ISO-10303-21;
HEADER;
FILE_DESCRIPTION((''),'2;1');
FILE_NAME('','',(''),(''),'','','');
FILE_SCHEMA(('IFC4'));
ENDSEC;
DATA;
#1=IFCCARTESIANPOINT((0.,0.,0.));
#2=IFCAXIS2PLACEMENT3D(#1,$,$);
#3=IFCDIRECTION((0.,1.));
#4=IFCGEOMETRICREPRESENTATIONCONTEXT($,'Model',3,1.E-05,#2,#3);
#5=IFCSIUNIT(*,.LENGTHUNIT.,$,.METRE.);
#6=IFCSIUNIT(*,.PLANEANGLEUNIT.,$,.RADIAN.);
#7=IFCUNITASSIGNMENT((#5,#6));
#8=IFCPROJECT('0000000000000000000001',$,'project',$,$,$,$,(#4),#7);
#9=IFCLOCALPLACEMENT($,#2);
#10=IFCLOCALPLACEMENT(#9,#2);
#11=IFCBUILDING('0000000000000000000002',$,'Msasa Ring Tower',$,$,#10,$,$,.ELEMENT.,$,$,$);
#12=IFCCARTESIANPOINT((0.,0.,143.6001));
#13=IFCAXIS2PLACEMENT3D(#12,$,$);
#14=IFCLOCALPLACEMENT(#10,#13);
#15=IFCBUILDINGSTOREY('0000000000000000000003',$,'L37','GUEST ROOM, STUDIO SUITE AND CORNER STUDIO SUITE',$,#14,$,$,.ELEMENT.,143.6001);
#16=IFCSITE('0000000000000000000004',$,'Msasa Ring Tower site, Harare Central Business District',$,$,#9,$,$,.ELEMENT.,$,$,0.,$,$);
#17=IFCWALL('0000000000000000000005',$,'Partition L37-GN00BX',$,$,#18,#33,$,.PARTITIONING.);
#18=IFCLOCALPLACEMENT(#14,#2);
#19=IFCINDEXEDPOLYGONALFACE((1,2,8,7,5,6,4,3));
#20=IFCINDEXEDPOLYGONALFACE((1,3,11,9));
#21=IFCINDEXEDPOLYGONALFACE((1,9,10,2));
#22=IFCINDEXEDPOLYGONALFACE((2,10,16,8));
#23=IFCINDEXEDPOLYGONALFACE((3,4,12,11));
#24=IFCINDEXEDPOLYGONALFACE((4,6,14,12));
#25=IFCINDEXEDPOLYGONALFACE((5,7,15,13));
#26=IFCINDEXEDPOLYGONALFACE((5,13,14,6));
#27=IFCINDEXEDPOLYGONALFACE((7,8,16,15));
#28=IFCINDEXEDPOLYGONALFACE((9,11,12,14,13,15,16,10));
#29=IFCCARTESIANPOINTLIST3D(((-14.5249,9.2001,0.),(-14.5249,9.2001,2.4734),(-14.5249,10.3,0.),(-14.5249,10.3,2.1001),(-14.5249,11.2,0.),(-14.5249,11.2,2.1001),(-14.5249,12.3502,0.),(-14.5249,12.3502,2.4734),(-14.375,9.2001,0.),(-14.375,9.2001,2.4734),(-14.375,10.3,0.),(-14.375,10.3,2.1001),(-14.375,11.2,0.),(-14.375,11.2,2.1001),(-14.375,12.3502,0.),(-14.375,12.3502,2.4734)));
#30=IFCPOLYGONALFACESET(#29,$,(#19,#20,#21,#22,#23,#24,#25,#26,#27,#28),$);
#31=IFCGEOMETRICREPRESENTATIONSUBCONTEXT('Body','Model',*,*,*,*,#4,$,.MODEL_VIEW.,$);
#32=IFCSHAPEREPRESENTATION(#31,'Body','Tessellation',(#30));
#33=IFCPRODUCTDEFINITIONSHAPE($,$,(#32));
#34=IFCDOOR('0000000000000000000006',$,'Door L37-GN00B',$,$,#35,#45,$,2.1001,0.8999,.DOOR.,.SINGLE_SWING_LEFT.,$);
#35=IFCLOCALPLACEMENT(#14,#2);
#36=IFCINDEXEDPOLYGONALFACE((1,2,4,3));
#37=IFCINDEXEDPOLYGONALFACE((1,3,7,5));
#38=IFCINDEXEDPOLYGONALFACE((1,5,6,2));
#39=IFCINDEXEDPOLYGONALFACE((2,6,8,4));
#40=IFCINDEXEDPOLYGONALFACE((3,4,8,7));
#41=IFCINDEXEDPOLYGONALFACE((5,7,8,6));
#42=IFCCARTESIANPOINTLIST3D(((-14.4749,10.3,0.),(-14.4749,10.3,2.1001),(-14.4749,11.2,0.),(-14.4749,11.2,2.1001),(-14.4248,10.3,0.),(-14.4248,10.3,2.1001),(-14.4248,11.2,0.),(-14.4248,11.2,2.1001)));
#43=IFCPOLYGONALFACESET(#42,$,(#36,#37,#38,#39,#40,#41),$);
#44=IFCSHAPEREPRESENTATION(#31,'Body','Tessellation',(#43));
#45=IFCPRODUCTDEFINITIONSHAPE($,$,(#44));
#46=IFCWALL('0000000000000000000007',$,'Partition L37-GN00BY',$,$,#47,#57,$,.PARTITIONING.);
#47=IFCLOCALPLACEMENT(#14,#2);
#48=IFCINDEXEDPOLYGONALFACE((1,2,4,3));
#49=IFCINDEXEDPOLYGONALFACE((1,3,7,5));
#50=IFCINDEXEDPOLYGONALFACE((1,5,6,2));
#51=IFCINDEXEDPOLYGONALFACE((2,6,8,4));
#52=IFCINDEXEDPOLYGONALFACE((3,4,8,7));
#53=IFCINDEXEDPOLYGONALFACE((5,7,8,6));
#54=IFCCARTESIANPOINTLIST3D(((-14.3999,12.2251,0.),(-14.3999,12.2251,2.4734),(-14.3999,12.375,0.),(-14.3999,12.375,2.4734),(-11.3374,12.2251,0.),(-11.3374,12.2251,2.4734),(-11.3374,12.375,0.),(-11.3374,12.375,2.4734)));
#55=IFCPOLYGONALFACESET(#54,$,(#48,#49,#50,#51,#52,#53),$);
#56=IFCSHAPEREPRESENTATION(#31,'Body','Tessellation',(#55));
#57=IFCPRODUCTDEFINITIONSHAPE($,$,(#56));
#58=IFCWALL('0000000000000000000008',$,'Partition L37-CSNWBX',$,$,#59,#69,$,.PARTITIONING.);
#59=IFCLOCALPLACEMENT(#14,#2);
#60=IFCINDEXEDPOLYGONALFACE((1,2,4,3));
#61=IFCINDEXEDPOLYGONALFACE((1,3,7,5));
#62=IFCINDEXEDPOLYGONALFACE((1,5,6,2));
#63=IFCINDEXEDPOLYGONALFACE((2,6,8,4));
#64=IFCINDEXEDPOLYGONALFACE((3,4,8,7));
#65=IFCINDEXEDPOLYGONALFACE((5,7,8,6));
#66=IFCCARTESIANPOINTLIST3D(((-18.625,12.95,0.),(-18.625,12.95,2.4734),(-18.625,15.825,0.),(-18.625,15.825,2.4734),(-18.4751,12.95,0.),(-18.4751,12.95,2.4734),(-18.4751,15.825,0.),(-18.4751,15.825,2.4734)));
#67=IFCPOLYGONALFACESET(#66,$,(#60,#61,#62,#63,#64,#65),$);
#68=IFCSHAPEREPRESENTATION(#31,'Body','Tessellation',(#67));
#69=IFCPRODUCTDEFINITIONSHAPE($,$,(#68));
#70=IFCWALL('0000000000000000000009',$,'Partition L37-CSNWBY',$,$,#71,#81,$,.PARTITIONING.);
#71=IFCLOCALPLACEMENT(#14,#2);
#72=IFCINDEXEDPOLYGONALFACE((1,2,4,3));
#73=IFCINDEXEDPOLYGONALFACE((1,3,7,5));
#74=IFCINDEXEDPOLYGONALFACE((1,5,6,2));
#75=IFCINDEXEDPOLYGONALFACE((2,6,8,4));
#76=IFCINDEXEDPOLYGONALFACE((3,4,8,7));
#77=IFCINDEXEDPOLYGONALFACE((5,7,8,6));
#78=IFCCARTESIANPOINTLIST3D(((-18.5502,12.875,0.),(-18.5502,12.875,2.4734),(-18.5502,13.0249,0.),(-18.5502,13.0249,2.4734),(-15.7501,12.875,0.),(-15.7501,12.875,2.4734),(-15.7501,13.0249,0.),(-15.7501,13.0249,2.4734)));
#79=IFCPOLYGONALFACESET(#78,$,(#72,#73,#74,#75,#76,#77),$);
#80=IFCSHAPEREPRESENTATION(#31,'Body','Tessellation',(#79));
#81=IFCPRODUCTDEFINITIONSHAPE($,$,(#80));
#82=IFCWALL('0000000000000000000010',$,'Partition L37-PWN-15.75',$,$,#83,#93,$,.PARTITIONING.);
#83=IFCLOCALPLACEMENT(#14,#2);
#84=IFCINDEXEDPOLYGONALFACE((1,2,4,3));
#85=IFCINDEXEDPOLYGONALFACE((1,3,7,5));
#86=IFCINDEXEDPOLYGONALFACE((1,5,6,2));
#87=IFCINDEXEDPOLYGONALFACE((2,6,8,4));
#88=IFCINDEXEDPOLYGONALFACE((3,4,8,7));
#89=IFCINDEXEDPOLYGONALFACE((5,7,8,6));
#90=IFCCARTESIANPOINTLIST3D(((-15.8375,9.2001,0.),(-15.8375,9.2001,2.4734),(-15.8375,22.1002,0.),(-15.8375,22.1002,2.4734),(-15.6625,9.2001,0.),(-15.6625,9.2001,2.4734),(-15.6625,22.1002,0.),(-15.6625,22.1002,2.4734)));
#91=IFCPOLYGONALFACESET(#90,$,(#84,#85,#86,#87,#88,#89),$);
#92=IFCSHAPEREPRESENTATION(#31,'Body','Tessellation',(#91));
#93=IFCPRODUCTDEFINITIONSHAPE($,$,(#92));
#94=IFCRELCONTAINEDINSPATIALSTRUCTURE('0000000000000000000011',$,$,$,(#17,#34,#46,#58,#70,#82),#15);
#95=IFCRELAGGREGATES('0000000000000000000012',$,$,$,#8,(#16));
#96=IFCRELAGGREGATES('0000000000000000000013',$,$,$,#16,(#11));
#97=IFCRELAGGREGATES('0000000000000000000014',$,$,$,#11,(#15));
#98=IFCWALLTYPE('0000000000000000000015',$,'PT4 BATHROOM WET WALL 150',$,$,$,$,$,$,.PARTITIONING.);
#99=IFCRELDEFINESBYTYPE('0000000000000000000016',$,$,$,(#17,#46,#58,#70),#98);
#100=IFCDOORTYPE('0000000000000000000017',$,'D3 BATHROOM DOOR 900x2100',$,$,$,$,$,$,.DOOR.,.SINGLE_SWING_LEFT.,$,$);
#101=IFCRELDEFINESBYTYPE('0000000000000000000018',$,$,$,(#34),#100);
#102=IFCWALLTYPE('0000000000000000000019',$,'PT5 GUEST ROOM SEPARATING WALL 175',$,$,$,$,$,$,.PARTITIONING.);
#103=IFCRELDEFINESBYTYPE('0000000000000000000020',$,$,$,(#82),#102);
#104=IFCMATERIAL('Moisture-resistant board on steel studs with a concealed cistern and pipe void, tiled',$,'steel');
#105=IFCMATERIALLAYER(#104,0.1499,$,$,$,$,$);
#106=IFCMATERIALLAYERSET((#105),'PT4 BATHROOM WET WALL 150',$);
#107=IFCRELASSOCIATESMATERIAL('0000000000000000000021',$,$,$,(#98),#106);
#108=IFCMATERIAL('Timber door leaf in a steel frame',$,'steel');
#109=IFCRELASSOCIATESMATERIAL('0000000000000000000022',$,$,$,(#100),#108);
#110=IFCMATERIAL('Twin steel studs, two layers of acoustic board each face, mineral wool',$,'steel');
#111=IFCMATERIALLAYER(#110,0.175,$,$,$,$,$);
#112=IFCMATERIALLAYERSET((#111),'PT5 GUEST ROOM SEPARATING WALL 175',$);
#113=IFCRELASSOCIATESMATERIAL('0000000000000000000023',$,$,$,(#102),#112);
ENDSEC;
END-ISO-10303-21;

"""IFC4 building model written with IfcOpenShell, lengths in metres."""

from ifc_helpers import new_model, si_unit, direction, frame, frame_2d, origin, place, context, subcontext, project, spatial, rectangle, extrude, material, layer, layer_set, type_object, element, fill, save


model = new_model("IFC4")

# Units and contexts
model_context = context("Model", 3, precision=1e-05, world=origin(), true_north=direction((0.0, 1.0)))
body_context = subcontext(model_context, "Body", "Model", "MODEL_VIEW")
ifc_project = project(units=[si_unit("LENGTHUNIT", "METRE"), si_unit("PLANEANGLEUNIT", "RADIAN")], contexts=[model_context])

# Site, building, storey
site_placement = place(None, origin())
site = spatial("IfcSite", under=ifc_project, at=site_placement, Name="Msasa Ring Tower site, Harare Central Business District", CompositionType="ELEMENT", RefElevation=0.0)
building_placement = place(site_placement, origin())
building = spatial("IfcBuilding", under=site, at=building_placement, Name="Msasa Ring Tower", CompositionType="ELEMENT")
storey_placement = place(building_placement, frame((0.0, 0.0, 143.6001)))
storey = spatial("IfcBuildingStorey", under=building, at=storey_placement, Name="L37", Description="GUEST ROOM, STUDIO SUITE AND CORNER STUDIO SUITE", CompositionType="ELEMENT", Elevation=143.6001)

# Wall, opening, door
ifc_material_1 = material(Name="Moisture-resistant board on steel studs with a concealed cistern and pipe void, tiled", Category="steel")
ifc_layer_1 = layer(ifc_material_1, 0.1499)
ifc_layer_set_1 = layer_set([ifc_layer_1], Name="PT4 BATHROOM WET WALL 150")
wall_type_1 = type_object("IfcWallType", Name="PT4 BATHROOM WET WALL 150", PredefinedType="PARTITIONING", material=ifc_layer_set_1)
wall_1_placement = place(storey_placement, frame((-14.45, 9.2, 0.0), z_axis=(0.0, 0.0, 1.0), x_axis=(0.0, 1.0, 0.0)))
wall_1 = element("IfcWall", 1, at=wall_1_placement, inside=storey, type_object=wall_type_1, Name="Partition L37-GN00BX", PredefinedType="PARTITIONING", context=body_context, shape_type="SweptSolid", body=[
    extrude(rectangle(XDim=3.1501, YDim=0.1499, at=frame_2d((1.5752, 0.0))), origin(), (0.0, 0.0, 1.0), 2.4734),
])
opening_1_placement = place(wall_1_placement, frame((1.1001, 0.0, 0.0)))
opening_1 = element("IfcOpeningElement", 2, at=opening_1_placement, cuts=wall_1, PredefinedType="OPENING", context=body_context, shape_type="SweptSolid", body=[
    extrude(rectangle(XDim=0.8999, YDim=2.1001, at=frame_2d((0.45, 1.05))), frame((0.0, 0.085, 0.0), z_axis=(0.0, -1.0, 0.0), x_axis=(1.0, 0.0, 0.0)), (0.0, 0.0, 1.0), 0.1699),
])
ifc_material_2 = material(Name="Timber door leaf in a steel frame", Category="steel")
door_type_1 = type_object("IfcDoorType", Name="D3 BATHROOM DOOR 900x2100", OperationType="SINGLE_SWING_LEFT", PredefinedType="DOOR", material=ifc_material_2)
door_1_placement = place(opening_1_placement, origin())
door_1 = element("IfcDoor", 3, at=door_1_placement, inside=storey, type_object=door_type_1, Name="Door L37-GN00B", OperationType="SINGLE_SWING_LEFT", OverallHeight=2.1001, OverallWidth=0.8999, PredefinedType="DOOR", context=body_context, shape_type="SweptSolid", body=[
    extrude(rectangle(XDim=0.8999, YDim=2.1001, at=frame_2d((0.45, 1.05))), frame((0.0, 0.0249, 0.0), z_axis=(0.0, -1.0, 0.0), x_axis=(1.0, 0.0, 0.0)), (0.0, 0.0, 1.0), 0.05),
])
fill(opening_1, door_1)

# Walls
wall_2_placement = place(storey_placement, frame((-14.3999, 12.3, 0.0), z_axis=(0.0, 0.0, 1.0), x_axis=(1.0, 0.0, 0.0)))
element("IfcWall", 4, at=wall_2_placement, inside=storey, type_object=wall_type_1, Name="Partition L37-GN00BY", PredefinedType="PARTITIONING", context=body_context, shape_type="SweptSolid", body=[
    extrude(rectangle(XDim=3.0625, YDim=0.1499, at=frame_2d((1.5312, 0.0))), origin(), (0.0, 0.0, 1.0), 2.4734),
])
wall_3_placement = place(storey_placement, frame((-18.55, 12.95, 0.0), z_axis=(0.0, 0.0, 1.0), x_axis=(0.0, 1.0, 0.0)))
element("IfcWall", 5, at=wall_3_placement, inside=storey, type_object=wall_type_1, Name="Partition L37-CSNWBX", PredefinedType="PARTITIONING", context=body_context, shape_type="SweptSolid", body=[
    extrude(rectangle(XDim=2.875, YDim=0.1499, at=frame_2d((1.4375, 0.0))), origin(), (0.0, 0.0, 1.0), 2.4734),
])
wall_4_placement = place(storey_placement, frame((-18.55, 12.95, 0.0), z_axis=(0.0, 0.0, 1.0), x_axis=(1.0, 0.0, 0.0)))
element("IfcWall", 6, at=wall_4_placement, inside=storey, type_object=wall_type_1, Name="Partition L37-CSNWBY", PredefinedType="PARTITIONING", context=body_context, shape_type="SweptSolid", body=[
    extrude(rectangle(XDim=2.8, YDim=0.1499, at=frame_2d((1.3999, 0.0))), origin(), (0.0, 0.0, 1.0), 2.4734),
])
ifc_material_3 = material(Name="Twin steel studs, two layers of acoustic board each face, mineral wool", Category="steel")
ifc_layer_2 = layer(ifc_material_3, 0.175)
ifc_layer_set_2 = layer_set([ifc_layer_2], Name="PT5 GUEST ROOM SEPARATING WALL 175")
wall_type_2 = type_object("IfcWallType", Name="PT5 GUEST ROOM SEPARATING WALL 175", PredefinedType="PARTITIONING", material=ifc_layer_set_2)
wall_5_placement = place(storey_placement, frame((-15.75, 9.2, 0.0), z_axis=(0.0, 0.0, 1.0), x_axis=(0.0, 1.0, 0.0)))
element("IfcWall", 7, at=wall_5_placement, inside=storey, type_object=wall_type_2, Name="Partition L37-PWN-15.75", PredefinedType="PARTITIONING", context=body_context, shape_type="SweptSolid", body=[
    extrude(rectangle(XDim=12.9001, YDim=0.175, at=frame_2d((6.4502, 0.0))), origin(), (0.0, 0.0, 1.0), 2.4734),
])

save(model, "model.ifc")
